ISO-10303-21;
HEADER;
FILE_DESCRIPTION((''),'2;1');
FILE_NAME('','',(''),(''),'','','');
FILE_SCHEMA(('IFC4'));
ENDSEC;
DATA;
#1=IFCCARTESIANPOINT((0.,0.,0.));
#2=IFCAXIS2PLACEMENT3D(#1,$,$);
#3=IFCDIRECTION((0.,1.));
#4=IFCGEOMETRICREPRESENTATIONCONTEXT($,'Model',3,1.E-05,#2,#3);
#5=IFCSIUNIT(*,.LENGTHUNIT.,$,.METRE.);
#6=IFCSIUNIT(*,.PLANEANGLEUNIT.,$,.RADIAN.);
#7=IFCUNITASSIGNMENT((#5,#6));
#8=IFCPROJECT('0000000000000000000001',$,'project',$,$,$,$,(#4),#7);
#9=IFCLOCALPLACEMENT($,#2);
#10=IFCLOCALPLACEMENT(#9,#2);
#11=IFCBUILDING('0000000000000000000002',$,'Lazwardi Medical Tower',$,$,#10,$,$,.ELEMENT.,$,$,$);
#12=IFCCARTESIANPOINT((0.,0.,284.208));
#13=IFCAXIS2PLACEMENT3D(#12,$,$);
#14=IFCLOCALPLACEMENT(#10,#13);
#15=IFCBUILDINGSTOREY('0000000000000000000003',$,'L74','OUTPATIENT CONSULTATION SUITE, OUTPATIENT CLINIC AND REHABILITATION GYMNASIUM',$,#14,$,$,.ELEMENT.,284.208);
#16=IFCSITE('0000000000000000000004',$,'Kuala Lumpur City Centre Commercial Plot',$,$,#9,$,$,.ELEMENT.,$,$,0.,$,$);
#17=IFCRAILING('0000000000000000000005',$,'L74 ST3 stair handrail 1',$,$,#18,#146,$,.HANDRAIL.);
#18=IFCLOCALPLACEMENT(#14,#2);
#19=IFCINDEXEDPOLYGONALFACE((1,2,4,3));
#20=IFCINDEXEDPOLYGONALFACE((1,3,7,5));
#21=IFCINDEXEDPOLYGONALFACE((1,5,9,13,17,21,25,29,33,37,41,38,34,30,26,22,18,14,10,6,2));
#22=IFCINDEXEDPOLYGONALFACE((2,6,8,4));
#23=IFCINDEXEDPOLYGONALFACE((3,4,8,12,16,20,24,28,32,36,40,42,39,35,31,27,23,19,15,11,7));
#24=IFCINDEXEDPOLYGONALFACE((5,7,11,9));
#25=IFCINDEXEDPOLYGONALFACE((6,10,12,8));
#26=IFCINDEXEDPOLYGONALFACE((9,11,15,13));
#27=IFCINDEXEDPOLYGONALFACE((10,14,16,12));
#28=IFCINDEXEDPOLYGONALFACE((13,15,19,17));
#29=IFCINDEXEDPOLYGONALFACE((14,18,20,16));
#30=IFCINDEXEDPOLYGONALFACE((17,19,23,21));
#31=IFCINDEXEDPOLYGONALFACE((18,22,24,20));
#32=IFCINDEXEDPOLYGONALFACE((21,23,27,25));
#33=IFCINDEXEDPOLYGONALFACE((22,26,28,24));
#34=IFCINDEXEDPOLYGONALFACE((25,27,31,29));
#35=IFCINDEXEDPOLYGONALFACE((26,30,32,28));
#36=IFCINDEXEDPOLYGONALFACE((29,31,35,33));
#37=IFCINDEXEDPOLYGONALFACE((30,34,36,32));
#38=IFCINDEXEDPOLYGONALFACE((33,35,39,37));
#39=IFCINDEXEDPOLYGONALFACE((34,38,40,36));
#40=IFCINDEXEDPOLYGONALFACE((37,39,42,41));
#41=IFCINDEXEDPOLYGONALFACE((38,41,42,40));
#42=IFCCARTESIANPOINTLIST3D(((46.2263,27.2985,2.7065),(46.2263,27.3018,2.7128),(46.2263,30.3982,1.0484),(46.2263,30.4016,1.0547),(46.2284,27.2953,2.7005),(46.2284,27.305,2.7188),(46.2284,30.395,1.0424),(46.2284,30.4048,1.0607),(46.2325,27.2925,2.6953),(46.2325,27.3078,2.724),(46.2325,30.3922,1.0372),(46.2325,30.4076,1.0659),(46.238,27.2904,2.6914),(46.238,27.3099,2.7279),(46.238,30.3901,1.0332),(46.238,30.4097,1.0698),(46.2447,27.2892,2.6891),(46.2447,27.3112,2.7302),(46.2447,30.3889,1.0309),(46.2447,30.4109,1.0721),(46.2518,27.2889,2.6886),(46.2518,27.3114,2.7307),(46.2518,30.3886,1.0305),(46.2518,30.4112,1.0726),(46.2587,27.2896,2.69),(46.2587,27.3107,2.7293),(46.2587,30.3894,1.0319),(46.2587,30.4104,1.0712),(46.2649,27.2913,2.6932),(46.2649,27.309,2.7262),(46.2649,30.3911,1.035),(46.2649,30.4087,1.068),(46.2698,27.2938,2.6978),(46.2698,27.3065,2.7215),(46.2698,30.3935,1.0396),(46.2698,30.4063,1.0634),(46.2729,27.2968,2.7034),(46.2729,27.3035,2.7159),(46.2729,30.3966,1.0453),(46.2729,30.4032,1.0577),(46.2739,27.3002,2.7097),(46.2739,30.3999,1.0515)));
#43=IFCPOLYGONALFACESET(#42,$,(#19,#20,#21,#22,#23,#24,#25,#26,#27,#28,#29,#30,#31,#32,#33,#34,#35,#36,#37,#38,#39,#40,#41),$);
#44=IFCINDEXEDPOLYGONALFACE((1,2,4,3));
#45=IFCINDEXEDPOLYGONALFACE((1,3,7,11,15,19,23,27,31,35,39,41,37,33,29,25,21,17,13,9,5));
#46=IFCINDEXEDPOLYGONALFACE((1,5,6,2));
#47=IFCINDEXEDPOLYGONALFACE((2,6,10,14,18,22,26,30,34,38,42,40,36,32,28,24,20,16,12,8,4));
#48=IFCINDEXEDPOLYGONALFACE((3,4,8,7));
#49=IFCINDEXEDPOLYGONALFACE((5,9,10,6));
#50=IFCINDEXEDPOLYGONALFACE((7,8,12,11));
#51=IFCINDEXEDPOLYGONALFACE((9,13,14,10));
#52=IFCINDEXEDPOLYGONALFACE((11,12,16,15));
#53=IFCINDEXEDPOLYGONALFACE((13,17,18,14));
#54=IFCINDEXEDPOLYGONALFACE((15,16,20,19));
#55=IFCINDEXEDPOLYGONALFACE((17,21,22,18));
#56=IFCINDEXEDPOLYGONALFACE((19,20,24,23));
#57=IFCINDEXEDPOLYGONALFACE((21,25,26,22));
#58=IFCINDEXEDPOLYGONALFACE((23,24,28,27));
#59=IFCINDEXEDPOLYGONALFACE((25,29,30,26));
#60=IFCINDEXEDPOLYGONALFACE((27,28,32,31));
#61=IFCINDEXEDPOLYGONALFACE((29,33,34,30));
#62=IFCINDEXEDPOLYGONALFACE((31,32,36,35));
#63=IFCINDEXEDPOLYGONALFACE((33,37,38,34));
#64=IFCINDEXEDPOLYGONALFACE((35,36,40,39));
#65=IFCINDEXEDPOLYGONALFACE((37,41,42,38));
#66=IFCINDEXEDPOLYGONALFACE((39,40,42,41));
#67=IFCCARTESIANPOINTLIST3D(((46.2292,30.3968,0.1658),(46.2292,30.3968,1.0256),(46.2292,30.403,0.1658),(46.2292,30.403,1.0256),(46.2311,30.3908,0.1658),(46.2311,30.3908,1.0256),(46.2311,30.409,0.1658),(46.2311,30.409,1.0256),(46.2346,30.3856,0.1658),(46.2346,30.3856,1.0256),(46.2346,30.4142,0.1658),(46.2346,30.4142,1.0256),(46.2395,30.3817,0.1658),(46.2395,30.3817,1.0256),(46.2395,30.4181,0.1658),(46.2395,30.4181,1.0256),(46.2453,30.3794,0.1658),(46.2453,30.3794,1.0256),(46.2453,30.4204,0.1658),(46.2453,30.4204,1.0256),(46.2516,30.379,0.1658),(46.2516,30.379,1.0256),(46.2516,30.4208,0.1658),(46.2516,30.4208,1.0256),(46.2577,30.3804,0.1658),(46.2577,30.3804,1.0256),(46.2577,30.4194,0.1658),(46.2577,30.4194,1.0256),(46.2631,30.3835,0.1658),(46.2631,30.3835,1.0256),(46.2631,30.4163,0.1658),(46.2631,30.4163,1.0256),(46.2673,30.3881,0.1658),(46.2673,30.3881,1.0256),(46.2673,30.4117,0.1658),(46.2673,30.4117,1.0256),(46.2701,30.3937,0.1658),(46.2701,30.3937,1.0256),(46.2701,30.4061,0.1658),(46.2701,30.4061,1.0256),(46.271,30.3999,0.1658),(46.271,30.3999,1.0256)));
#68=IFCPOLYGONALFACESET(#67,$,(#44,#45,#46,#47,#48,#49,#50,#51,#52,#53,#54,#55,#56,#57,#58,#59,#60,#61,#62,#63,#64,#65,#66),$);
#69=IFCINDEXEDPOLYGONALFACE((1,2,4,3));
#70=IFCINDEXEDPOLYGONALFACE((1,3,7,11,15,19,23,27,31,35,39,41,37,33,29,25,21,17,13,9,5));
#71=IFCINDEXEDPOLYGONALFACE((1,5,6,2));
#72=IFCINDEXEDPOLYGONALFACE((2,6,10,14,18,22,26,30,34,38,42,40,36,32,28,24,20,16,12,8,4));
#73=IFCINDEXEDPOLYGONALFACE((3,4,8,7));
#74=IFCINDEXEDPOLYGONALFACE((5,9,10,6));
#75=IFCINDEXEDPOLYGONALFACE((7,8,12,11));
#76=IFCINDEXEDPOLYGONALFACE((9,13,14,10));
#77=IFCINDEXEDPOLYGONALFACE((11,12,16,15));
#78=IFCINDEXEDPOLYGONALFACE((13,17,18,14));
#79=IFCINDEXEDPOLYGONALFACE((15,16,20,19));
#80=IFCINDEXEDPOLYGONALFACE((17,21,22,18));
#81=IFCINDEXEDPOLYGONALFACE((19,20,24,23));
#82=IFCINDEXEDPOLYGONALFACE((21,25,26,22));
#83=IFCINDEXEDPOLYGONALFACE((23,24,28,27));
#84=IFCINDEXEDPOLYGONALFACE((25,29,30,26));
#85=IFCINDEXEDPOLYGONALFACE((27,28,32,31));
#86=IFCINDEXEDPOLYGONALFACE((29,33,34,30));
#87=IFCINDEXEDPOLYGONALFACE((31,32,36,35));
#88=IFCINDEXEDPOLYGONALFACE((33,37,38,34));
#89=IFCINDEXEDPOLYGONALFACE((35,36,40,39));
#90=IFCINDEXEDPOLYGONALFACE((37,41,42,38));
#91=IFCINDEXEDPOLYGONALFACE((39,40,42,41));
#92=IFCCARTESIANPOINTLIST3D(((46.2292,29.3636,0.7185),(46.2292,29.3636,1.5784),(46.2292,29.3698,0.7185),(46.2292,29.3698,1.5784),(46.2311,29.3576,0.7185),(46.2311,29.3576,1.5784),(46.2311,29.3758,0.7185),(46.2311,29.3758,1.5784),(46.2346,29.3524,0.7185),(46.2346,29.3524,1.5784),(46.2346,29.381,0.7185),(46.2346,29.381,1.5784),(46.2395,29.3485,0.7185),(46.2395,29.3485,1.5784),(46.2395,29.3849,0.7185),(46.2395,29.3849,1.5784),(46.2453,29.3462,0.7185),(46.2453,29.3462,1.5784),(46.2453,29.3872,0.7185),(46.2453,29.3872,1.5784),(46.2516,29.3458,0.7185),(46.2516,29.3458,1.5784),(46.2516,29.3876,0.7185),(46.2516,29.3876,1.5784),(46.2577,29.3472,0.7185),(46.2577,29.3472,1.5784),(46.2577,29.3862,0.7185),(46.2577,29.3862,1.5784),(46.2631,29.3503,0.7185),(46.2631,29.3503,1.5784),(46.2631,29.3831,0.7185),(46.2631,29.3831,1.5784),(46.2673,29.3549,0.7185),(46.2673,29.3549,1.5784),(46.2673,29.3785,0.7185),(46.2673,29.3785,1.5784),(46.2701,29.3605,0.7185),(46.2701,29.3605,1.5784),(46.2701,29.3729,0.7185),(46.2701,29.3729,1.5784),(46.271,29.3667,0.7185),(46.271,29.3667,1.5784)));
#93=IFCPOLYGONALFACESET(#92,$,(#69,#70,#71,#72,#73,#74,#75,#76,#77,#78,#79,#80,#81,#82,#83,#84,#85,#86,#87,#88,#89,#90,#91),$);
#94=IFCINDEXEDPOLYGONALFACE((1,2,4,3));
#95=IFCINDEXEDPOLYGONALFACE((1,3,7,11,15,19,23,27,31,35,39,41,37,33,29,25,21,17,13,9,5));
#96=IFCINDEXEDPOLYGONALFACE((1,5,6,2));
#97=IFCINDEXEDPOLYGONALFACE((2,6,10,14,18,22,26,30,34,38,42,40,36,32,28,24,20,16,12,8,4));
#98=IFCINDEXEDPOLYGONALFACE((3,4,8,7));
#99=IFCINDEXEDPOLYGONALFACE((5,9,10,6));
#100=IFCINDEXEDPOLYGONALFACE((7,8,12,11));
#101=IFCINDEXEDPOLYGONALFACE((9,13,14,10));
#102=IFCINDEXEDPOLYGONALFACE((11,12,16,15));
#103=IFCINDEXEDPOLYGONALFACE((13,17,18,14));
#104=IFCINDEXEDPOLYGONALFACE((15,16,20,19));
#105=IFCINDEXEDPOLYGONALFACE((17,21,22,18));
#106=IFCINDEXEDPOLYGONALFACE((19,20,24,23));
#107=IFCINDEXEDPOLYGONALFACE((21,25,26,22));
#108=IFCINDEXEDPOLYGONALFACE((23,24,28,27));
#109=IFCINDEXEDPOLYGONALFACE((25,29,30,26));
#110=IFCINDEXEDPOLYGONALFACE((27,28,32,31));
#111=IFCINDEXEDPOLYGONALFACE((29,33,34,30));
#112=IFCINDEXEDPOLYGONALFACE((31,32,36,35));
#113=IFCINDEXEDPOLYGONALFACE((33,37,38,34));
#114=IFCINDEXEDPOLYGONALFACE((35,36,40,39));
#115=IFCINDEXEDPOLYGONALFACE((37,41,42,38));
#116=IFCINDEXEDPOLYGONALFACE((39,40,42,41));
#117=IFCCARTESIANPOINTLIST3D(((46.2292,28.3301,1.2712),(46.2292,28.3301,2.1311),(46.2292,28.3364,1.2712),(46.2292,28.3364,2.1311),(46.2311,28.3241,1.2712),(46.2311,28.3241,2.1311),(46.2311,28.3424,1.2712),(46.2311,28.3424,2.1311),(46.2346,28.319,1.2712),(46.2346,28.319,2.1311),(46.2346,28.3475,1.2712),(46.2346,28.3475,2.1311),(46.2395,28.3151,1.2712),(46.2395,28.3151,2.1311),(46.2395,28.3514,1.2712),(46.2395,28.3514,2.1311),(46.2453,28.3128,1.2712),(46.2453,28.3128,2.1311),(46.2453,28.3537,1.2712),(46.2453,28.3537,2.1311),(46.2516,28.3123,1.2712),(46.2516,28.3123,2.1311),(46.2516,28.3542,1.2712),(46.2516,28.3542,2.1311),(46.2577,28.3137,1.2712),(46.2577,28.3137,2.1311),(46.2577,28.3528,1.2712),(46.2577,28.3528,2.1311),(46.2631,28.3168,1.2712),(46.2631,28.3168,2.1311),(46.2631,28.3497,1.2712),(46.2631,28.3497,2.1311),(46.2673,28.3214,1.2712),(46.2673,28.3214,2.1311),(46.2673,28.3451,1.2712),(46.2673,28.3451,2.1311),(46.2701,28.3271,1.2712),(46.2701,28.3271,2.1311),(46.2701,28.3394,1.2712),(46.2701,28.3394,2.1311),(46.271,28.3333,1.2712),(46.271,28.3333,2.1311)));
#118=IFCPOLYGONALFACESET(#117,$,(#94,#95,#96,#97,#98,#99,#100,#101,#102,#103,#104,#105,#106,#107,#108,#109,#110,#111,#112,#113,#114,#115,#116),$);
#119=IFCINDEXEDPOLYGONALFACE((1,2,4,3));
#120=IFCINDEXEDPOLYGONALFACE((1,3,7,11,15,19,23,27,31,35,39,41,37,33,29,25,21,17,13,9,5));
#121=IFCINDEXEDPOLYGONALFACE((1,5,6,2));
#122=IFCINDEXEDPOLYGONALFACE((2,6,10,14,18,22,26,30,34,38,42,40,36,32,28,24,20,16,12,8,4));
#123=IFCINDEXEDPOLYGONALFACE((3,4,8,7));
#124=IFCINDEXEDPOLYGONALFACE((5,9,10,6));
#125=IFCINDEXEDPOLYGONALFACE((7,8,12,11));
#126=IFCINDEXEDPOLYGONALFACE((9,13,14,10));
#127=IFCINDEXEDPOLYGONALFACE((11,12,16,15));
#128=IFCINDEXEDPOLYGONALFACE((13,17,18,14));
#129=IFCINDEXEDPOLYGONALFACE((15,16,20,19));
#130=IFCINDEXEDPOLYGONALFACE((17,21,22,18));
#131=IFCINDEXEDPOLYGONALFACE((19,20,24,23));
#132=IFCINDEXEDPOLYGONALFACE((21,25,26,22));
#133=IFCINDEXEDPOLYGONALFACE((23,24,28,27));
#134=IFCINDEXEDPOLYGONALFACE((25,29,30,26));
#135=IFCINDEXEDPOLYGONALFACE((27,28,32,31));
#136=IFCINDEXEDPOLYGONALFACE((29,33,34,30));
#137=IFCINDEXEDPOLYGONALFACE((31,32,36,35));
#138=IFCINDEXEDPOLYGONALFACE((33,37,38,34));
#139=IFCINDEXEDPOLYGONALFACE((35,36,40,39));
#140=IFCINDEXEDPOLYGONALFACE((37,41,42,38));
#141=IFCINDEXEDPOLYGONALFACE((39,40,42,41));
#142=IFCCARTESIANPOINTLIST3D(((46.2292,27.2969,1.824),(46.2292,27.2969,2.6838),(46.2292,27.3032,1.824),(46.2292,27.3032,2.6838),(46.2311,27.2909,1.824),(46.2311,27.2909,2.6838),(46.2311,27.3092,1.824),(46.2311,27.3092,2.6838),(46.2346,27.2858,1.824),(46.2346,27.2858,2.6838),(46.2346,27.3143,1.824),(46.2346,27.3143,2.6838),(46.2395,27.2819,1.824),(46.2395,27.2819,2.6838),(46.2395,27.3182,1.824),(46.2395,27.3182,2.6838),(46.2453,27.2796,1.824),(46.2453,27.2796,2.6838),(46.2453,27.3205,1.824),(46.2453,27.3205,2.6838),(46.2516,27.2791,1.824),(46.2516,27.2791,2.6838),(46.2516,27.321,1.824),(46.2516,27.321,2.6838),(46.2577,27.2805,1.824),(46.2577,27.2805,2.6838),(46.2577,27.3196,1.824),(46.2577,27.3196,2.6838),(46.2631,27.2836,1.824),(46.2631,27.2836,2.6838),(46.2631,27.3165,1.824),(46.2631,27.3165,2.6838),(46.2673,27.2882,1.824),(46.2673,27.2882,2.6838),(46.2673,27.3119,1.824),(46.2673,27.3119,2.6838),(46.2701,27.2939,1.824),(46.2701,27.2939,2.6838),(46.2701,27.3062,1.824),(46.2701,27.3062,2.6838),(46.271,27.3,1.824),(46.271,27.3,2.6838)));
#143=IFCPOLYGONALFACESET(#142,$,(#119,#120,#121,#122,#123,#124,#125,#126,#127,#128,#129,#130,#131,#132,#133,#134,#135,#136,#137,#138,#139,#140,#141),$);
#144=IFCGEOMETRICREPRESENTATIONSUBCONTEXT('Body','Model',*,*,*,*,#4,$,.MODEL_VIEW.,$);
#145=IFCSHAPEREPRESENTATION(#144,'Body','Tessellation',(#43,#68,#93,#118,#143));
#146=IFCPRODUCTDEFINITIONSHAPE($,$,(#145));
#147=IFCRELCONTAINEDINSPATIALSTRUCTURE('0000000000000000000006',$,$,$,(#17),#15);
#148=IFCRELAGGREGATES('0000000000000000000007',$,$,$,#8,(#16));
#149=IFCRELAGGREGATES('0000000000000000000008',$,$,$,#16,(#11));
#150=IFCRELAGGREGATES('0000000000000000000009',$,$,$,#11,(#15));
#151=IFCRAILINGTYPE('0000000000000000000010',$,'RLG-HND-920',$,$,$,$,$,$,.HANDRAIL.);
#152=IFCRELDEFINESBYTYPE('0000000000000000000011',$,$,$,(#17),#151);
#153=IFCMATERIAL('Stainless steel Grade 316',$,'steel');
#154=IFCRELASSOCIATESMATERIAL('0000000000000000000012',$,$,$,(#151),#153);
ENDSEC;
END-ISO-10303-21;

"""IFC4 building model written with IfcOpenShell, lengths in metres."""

from ifc_helpers import new_model, si_unit, direction, frame, origin, origin_2d, place, context, subcontext, project, spatial, circle, extrude, material, type_object, element, save


model = new_model("IFC4")

# Units and contexts
model_context = context("Model", 3, precision=1e-05, world=origin(), true_north=direction((0.0, 1.0)))
body_context = subcontext(model_context, "Body", "Model", "MODEL_VIEW")
ifc_project = project(units=[si_unit("LENGTHUNIT", "METRE"), si_unit("PLANEANGLEUNIT", "RADIAN")], contexts=[model_context])

# Site, building, storey
site_placement = place(None, origin())
site = spatial("IfcSite", under=ifc_project, at=site_placement, Name="Kuala Lumpur City Centre Commercial Plot", CompositionType="ELEMENT", RefElevation=0.0)
building_placement = place(site_placement, origin())
building = spatial("IfcBuilding", under=site, at=building_placement, Name="Lazwardi Medical Tower", CompositionType="ELEMENT")
storey_placement = place(building_placement, frame((0.0, 0.0, 284.208)))
storey = spatial("IfcBuildingStorey", under=building, at=storey_placement, Name="L74", Description="OUTPATIENT CONSULTATION SUITE, OUTPATIENT CLINIC AND REHABILITATION GYMNASIUM", CompositionType="ELEMENT", Elevation=284.208)

# Railing
ifc_material_1 = material(Name="Stainless steel Grade 316", Category="steel")
railing_type_1 = type_object("IfcRailingType", Name="RLG-HND-920", PredefinedType="HANDRAIL", material=ifc_material_1)
railing_1_placement = place(storey_placement, frame((46.25, 30.3999, 0.1658)))
element("IfcRailing", 1, at=railing_1_placement, inside=storey, type_object=railing_type_1, Name="L74 ST3 stair handrail 1", PredefinedType="HANDRAIL", context=body_context, shape_type="SweptSolid", body=[
    extrude(circle(Radius=0.0239, at=origin_2d()), frame((0.0, 0.0, 0.8857), z_axis=(0.0, -0.881768, 0.471684), x_axis=(1.0, 0.0, 0.0)), (0.0, 0.0, 1.0), 3.5154),
    extrude(circle(Radius=0.021, at=origin_2d()), origin(), (0.0, 0.0, 1.0), 0.8599),
    extrude(circle(Radius=0.021, at=origin_2d()), frame((0.0, -1.0332, 0.5527)), (0.0, 0.0, 1.0), 0.8599),
    extrude(circle(Radius=0.021, at=origin_2d()), frame((0.0, -2.0667, 1.1055)), (0.0, 0.0, 1.0), 0.8599),
    extrude(circle(Radius=0.021, at=origin_2d()), frame((0.0, -3.0999, 1.6582)), (0.0, 0.0, 1.0), 0.8599),
])

save(model, "model.ifc")
